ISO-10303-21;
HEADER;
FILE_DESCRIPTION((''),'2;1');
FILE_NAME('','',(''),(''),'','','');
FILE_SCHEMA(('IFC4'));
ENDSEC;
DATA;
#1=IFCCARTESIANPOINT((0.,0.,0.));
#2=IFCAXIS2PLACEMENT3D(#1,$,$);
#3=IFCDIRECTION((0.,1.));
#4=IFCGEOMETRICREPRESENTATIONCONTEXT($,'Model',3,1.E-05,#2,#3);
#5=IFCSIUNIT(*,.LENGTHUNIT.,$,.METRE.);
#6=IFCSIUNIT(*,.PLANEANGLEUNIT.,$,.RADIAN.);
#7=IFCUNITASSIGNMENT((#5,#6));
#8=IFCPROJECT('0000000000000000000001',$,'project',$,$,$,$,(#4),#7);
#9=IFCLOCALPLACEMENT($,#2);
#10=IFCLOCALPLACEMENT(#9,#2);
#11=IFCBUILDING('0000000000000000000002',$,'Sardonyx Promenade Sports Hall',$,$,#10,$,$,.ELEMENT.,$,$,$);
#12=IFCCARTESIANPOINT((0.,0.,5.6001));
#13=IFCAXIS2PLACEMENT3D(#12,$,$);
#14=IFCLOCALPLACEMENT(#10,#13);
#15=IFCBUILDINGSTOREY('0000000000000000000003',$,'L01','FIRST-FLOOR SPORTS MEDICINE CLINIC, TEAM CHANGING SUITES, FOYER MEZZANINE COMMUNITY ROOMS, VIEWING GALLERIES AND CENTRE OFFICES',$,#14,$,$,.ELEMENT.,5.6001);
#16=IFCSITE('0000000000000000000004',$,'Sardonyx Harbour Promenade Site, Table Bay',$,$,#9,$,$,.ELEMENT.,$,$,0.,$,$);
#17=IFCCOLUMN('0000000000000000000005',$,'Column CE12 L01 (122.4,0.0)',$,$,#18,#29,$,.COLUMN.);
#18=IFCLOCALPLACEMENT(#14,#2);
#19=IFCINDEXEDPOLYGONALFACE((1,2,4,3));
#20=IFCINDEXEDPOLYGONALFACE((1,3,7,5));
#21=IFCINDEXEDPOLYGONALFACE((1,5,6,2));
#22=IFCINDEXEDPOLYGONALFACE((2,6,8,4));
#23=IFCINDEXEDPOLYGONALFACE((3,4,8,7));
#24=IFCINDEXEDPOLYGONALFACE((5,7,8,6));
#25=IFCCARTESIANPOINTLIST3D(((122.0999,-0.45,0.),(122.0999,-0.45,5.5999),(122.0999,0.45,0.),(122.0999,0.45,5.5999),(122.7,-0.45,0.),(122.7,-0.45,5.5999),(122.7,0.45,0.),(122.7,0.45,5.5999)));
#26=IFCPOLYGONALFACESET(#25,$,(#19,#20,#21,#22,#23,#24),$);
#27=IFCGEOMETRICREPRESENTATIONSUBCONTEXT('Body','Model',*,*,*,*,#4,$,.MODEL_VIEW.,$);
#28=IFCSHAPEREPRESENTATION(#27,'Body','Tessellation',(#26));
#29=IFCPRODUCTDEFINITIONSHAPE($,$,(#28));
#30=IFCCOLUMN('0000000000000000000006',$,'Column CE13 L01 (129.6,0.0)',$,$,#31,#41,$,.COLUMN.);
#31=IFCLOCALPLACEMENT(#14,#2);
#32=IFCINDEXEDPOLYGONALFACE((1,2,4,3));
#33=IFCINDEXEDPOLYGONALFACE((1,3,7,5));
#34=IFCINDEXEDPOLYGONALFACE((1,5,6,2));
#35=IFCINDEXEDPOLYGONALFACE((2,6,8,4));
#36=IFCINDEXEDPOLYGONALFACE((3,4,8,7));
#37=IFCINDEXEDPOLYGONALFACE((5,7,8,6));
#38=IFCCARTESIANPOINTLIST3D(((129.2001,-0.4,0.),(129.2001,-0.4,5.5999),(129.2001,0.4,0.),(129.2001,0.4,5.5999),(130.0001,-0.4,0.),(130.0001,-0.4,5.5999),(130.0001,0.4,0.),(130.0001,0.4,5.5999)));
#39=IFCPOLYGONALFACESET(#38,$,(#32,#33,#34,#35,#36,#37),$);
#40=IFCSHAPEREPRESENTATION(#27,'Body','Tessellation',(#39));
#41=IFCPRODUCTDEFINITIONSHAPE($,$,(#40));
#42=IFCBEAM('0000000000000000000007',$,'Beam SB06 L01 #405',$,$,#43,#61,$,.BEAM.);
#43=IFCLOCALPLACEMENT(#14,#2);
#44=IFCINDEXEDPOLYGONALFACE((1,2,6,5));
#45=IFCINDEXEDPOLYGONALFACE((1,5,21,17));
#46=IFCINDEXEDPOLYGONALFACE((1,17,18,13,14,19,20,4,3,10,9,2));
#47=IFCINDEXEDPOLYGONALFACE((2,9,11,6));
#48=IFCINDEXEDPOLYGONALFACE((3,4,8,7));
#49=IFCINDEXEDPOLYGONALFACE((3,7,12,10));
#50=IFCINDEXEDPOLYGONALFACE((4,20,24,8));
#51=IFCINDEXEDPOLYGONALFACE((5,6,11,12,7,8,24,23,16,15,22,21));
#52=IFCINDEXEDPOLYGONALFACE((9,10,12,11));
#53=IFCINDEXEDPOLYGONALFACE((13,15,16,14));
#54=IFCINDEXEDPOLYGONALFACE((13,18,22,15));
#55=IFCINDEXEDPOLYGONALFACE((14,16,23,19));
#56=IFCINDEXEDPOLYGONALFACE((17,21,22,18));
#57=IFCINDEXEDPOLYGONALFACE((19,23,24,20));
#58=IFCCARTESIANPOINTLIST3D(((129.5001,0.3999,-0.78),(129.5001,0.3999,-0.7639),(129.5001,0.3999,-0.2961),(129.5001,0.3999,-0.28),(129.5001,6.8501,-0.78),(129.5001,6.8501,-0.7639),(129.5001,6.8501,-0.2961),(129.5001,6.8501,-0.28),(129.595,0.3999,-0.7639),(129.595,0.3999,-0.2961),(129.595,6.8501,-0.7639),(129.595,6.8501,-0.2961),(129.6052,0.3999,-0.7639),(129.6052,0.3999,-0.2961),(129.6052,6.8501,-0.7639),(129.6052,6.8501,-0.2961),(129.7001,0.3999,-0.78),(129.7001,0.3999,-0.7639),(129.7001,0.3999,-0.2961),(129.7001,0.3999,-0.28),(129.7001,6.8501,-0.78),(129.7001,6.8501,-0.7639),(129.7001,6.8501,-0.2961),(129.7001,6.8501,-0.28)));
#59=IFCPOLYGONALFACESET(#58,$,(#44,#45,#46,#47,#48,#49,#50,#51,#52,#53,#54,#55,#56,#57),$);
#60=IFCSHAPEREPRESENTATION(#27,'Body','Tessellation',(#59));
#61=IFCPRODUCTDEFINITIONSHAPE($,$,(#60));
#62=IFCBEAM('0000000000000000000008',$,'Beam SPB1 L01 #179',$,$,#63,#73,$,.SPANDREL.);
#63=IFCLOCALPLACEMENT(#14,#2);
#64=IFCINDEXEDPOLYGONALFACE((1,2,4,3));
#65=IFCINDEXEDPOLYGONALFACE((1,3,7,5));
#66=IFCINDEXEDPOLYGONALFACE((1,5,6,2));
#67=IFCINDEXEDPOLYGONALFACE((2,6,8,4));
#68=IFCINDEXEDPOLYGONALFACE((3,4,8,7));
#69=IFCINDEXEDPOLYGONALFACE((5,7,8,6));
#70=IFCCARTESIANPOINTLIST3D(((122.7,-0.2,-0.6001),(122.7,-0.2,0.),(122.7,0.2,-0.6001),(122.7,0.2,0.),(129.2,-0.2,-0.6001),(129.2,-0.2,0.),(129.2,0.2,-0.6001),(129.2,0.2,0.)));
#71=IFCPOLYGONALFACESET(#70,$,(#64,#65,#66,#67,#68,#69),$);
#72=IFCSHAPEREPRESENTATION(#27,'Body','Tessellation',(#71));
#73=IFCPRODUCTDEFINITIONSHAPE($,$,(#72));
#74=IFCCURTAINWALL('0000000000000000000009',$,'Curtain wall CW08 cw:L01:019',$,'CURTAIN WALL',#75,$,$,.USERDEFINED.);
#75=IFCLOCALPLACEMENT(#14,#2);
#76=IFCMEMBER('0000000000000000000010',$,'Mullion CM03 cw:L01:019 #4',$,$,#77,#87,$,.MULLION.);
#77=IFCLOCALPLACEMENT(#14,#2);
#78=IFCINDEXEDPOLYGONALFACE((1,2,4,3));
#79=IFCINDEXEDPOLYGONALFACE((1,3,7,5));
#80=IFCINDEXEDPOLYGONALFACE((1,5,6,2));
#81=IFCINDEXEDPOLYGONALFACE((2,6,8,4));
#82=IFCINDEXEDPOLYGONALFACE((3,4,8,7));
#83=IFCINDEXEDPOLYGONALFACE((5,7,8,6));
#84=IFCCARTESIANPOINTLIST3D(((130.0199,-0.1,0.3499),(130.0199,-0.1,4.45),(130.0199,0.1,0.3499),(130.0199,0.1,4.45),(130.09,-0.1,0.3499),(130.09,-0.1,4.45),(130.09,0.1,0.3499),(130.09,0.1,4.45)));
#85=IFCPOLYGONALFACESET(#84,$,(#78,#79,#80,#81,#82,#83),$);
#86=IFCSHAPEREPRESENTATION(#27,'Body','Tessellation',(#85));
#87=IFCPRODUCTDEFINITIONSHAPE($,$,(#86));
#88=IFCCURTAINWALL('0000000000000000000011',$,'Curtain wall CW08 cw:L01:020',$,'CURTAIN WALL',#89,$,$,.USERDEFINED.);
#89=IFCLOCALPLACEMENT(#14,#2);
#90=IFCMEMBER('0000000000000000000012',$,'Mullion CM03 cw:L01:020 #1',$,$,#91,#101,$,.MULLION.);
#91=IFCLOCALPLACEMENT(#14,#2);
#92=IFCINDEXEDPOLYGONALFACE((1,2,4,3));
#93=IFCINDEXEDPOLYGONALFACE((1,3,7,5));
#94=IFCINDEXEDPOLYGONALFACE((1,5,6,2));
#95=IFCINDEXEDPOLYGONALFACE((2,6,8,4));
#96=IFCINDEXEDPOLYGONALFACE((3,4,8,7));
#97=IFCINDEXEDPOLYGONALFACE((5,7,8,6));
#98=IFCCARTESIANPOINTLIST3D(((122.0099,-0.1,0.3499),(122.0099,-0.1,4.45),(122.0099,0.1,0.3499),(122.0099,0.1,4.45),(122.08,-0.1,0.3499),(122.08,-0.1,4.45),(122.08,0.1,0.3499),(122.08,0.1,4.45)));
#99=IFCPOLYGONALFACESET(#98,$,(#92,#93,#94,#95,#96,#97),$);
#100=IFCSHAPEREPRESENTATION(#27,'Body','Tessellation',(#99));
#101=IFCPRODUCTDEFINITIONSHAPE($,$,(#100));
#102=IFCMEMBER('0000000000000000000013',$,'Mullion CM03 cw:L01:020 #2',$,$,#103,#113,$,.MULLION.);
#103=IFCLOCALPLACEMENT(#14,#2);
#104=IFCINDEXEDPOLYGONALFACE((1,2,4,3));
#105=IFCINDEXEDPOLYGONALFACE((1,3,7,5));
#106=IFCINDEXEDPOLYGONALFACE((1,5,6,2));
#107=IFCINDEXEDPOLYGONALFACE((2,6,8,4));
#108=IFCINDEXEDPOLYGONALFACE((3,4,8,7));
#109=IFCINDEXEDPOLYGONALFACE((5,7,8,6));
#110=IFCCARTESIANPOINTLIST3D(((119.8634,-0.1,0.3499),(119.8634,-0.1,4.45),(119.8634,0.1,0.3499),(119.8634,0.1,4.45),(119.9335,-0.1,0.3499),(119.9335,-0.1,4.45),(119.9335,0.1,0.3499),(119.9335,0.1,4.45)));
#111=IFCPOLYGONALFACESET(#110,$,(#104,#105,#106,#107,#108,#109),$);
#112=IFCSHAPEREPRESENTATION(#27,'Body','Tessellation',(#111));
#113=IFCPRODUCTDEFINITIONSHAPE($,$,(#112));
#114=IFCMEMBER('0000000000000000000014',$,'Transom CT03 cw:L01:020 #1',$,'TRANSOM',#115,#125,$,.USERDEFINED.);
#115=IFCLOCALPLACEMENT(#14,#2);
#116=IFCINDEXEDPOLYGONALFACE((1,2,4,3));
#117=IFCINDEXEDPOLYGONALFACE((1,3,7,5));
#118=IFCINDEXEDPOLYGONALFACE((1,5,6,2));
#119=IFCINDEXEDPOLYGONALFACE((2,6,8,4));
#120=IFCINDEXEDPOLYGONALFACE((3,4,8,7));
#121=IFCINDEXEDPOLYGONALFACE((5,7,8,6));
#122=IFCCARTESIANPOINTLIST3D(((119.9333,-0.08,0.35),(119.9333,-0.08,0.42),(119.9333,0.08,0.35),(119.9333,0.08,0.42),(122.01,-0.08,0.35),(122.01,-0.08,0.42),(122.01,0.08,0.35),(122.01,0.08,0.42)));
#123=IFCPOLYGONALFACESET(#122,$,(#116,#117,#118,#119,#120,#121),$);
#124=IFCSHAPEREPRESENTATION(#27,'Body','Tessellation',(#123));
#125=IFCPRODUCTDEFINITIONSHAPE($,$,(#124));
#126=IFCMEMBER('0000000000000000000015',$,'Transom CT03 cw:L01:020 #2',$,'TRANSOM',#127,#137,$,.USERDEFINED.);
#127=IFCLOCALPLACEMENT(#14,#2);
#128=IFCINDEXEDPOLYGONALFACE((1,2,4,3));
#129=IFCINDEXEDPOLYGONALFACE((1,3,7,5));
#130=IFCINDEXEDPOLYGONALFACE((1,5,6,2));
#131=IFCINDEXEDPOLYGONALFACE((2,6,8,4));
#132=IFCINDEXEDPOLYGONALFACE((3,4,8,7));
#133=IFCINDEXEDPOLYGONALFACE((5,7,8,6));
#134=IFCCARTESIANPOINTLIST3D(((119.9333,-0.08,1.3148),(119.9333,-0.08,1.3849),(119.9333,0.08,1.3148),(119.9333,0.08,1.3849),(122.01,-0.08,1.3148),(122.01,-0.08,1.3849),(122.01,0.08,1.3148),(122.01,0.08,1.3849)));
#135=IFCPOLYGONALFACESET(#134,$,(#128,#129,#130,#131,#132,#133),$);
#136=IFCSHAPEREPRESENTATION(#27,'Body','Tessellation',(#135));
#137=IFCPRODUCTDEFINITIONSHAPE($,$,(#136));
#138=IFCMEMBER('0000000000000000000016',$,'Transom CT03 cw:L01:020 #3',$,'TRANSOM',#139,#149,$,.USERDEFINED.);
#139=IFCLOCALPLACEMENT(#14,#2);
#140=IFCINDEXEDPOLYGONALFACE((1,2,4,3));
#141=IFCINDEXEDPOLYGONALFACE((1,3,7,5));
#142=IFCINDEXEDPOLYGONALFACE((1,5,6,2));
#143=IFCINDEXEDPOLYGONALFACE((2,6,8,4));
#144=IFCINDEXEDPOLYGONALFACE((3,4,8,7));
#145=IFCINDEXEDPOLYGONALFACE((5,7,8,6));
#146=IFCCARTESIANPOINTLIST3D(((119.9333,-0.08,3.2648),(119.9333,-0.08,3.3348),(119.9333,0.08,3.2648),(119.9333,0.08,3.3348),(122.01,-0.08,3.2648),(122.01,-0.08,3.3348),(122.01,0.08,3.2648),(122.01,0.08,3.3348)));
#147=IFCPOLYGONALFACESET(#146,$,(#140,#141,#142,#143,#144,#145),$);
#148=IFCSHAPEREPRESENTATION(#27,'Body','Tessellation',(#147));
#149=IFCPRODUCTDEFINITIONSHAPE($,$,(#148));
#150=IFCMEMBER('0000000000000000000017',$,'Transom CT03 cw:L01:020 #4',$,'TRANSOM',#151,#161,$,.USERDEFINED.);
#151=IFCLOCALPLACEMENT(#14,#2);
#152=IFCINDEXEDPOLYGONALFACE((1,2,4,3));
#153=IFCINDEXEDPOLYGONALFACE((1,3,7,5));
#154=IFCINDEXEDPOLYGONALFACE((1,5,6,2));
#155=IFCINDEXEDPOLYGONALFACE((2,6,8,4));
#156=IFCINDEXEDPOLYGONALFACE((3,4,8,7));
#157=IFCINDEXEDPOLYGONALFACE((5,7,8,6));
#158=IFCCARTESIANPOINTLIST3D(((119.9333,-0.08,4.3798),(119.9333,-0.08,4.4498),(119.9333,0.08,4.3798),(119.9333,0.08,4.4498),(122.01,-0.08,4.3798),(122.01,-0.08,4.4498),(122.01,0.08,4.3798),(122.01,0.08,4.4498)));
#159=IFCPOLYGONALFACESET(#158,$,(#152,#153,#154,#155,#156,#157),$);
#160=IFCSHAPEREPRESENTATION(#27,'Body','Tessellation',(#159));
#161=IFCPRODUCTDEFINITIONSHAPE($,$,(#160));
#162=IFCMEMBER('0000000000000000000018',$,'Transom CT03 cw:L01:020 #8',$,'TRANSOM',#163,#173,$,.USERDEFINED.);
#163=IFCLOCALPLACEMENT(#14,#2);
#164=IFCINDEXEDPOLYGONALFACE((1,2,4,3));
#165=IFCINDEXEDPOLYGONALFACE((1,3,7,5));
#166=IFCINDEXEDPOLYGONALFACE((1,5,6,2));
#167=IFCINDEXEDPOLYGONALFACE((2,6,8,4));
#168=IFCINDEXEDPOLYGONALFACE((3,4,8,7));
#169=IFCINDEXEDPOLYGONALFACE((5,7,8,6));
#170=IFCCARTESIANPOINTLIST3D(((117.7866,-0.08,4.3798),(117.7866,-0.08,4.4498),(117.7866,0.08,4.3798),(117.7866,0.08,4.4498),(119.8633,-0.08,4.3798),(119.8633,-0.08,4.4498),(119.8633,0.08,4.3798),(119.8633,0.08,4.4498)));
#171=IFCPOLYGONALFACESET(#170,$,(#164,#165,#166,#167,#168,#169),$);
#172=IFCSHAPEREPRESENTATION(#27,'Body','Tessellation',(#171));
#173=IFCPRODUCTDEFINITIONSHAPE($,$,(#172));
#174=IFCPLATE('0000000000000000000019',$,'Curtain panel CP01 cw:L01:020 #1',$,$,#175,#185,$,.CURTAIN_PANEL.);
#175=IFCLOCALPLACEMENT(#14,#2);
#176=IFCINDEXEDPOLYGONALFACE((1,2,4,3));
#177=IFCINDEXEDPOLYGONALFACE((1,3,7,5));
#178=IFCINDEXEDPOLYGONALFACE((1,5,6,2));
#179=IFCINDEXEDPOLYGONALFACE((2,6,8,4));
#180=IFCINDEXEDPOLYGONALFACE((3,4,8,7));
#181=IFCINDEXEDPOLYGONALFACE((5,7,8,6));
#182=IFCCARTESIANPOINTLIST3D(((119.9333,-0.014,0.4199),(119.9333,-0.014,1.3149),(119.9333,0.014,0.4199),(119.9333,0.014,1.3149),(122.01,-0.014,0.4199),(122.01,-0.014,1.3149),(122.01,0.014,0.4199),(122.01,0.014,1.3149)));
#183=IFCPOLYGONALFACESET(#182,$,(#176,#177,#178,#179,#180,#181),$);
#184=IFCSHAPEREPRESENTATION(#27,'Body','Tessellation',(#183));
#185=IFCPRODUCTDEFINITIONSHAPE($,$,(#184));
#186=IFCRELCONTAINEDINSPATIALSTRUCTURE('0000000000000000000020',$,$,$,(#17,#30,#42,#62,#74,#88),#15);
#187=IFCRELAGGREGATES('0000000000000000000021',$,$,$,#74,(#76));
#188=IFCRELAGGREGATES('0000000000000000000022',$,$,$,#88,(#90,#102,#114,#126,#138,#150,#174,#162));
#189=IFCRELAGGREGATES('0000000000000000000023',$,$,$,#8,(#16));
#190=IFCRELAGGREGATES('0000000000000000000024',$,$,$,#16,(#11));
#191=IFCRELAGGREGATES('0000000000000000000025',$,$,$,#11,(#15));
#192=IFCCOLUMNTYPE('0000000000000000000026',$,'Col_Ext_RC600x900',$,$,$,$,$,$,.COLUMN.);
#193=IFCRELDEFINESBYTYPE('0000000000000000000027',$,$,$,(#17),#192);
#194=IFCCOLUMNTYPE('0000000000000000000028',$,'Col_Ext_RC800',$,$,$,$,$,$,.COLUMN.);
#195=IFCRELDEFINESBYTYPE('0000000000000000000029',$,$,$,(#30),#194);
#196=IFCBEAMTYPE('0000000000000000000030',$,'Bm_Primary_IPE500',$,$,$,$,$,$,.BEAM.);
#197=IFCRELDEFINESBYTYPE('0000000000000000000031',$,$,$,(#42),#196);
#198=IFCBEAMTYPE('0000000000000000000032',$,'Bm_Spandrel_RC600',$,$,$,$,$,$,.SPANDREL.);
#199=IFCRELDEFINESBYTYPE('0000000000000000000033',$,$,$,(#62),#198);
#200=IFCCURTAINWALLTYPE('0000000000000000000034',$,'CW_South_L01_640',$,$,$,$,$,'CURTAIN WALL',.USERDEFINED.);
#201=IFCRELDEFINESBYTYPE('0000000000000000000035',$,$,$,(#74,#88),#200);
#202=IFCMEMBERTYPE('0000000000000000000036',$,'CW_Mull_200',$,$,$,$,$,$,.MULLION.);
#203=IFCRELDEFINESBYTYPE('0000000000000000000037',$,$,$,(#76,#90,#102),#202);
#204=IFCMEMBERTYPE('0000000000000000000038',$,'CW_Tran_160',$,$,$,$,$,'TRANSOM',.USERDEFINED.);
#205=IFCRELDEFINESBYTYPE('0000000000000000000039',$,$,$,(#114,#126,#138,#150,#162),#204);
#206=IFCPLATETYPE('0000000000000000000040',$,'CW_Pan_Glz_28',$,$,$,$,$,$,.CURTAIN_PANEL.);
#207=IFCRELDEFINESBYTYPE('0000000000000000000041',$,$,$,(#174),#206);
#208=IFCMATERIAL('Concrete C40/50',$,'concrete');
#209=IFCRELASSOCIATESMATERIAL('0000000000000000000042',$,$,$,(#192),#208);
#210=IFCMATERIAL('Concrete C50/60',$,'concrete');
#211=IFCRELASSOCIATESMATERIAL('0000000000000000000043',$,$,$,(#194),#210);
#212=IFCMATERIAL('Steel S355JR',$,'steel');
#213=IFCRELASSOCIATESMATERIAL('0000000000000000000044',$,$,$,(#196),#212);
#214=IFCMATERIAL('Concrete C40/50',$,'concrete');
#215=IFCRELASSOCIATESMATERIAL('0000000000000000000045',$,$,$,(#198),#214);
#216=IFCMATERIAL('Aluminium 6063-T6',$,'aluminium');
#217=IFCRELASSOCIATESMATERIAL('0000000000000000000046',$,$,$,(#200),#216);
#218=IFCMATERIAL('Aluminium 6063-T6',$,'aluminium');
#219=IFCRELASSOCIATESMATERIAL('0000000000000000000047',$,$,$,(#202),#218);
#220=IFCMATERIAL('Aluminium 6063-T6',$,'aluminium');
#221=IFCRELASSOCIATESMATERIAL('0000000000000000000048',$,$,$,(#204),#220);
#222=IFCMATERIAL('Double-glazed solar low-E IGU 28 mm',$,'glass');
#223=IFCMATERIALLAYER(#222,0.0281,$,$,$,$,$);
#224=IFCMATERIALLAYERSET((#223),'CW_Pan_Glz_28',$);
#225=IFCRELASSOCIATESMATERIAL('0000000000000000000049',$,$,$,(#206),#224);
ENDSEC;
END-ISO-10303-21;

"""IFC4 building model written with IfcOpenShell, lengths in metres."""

from ifc_helpers import new_model, si_unit, direction, frame, origin, origin_2d, place, context, subcontext, project, spatial, rectangle, i_section, extrude, material, layer, layer_set, material_profile, profile_set, type_object, element, aggregate, save


model = new_model("IFC4")

# Units and contexts
model_context = context("Model", 3, precision=1e-05, world=origin(), true_north=direction((0.0, 1.0)))
body_context = subcontext(model_context, "Body", "Model", "MODEL_VIEW")
ifc_project = project(units=[si_unit("LENGTHUNIT", "METRE"), si_unit("PLANEANGLEUNIT", "RADIAN")], contexts=[model_context])

# Site, building, storey
site_placement = place(None, origin())
site = spatial("IfcSite", under=ifc_project, at=site_placement, Name="Sardonyx Harbour Promenade Site, Table Bay", CompositionType="ELEMENT", RefElevation=0.0)
building_placement = place(site_placement, origin())
building = spatial("IfcBuilding", under=site, at=building_placement, Name="Sardonyx Promenade Sports Hall", CompositionType="ELEMENT")
storey_placement = place(building_placement, frame((0.0, 0.0, 5.6001)))
storey = spatial("IfcBuildingStorey", under=building, at=storey_placement, Name="L01", Description="FIRST-FLOOR SPORTS MEDICINE CLINIC, TEAM CHANGING SUITES, FOYER MEZZANINE COMMUNITY ROOMS, VIEWING GALLERIES AND CENTRE OFFICES", CompositionType="ELEMENT", Elevation=5.6001)

# Columns
ifc_material_1 = material(Name="Concrete C40/50", Category="concrete")
ifc_material_profile_1 = material_profile(ifc_material_1, rectangle(XDim=0.6001, YDim=0.8999, at=origin_2d()))
ifc_profile_set_1 = profile_set([ifc_material_profile_1], Name="Concrete C40/50")
column_type_1 = type_object("IfcColumnType", Name="Col_Ext_RC600x900", PredefinedType="COLUMN", material=ifc_profile_set_1)
column_1_placement = place(storey_placement, frame((122.3999, 0.0, 0.0), z_axis=(0.0, 0.0, 1.0), x_axis=(1.0, 0.0, 0.0)))
element("IfcColumn", 1, at=column_1_placement, inside=storey, type_object=column_type_1, Name="Column CE12 L01 (122.4,0.0)", PredefinedType="COLUMN", context=body_context, shape_type="SweptSolid", body=[
    extrude(rectangle(XDim=0.6001, YDim=0.8999, at=origin_2d()), origin(), (0.0, 0.0, 1.0), 5.5999),
])
ifc_material_2 = material(Name="Concrete C50/60", Category="concrete")
ifc_material_profile_2 = material_profile(ifc_material_2, rectangle(XDim=0.8, YDim=0.8, at=origin_2d()))
ifc_profile_set_2 = profile_set([ifc_material_profile_2], Name="Concrete C50/60")
column_type_2 = type_object("IfcColumnType", Name="Col_Ext_RC800", PredefinedType="COLUMN", material=ifc_profile_set_2)
column_2_placement = place(storey_placement, frame((129.6001, 0.0, 0.0), z_axis=(0.0, 0.0, 1.0), x_axis=(1.0, 0.0, 0.0)))
element("IfcColumn", 2, at=column_2_placement, inside=storey, type_object=column_type_2, Name="Column CE13 L01 (129.6,0.0)", PredefinedType="COLUMN", context=body_context, shape_type="SweptSolid", body=[
    extrude(rectangle(XDim=0.8, YDim=0.8, at=origin_2d()), origin(), (0.0, 0.0, 1.0), 5.5999),
])

# Beams
ifc_material_3 = material(Name="Steel S355JR", Category="steel")
ifc_material_profile_3 = material_profile(ifc_material_3, i_section(OverallWidth=0.2, OverallDepth=0.5, WebThickness=0.0103, FlangeThickness=0.0161, at=origin_2d()))
ifc_profile_set_3 = profile_set([ifc_material_profile_3], Name="Steel S355JR")
beam_type_1 = type_object("IfcBeamType", Name="Bm_Primary_IPE500", PredefinedType="BEAM", material=ifc_profile_set_3)
beam_1_placement = place(storey_placement, frame((129.6001, 0.3999, -0.53), z_axis=(0.0, 1.0, 0.0), x_axis=(-1.0, 0.0, 0.0)))
element("IfcBeam", 3, at=beam_1_placement, inside=storey, type_object=beam_type_1, Name="Beam SB06 L01 #405", PredefinedType="BEAM", context=body_context, shape_type="SweptSolid", body=[
    extrude(i_section(OverallWidth=0.2, OverallDepth=0.5, WebThickness=0.0103, FlangeThickness=0.0161, at=origin_2d()), origin(), (0.0, 0.0, 1.0), 6.4502),
])
ifc_material_4 = material(Name="Concrete C40/50", Category="concrete")
ifc_material_profile_4 = material_profile(ifc_material_4, rectangle(XDim=0.3999, YDim=0.6001, at=origin_2d()))
ifc_profile_set_4 = profile_set([ifc_material_profile_4], Name="Concrete C40/50")
beam_type_2 = type_object("IfcBeamType", Name="Bm_Spandrel_RC600", PredefinedType="SPANDREL", material=ifc_profile_set_4)
beam_2_placement = place(storey_placement, frame((122.7, 0.0, -0.3), z_axis=(1.0, 0.0, 0.0), x_axis=(0.0, 1.0, 0.0)))
element("IfcBeam", 4, at=beam_2_placement, inside=storey, type_object=beam_type_2, Name="Beam SPB1 L01 #179", PredefinedType="SPANDREL", context=body_context, shape_type="SweptSolid", body=[
    extrude(rectangle(XDim=0.3999, YDim=0.6001, at=origin_2d()), origin(), (0.0, 0.0, 1.0), 6.5),
])

# Curtain wall, member
ifc_material_5 = material(Name="Aluminium 6063-T6", Category="aluminium")
curtain_wall_type = type_object("IfcCurtainWallType", Name="CW_South_L01_640", ElementType="CURTAIN WALL", PredefinedType="USERDEFINED", material=ifc_material_5)
curtain_wall_1_placement = place(storey_placement, origin())
curtain_wall_1 = element("IfcCurtainWall", 5, at=curtain_wall_1_placement, inside=storey, type_object=curtain_wall_type, Name="Curtain wall CW08 cw:L01:019", ObjectType="CURTAIN WALL", PredefinedType="USERDEFINED")
ifc_material_6 = material(Name="Aluminium 6063-T6", Category="aluminium")
ifc_material_profile_5 = material_profile(ifc_material_6, rectangle(XDim=0.0701, YDim=0.2, at=origin_2d()))
ifc_profile_set_5 = profile_set([ifc_material_profile_5], Name="Aluminium 6063-T6")
member_type_1 = type_object("IfcMemberType", Name="CW_Mull_200", PredefinedType="MULLION", material=ifc_profile_set_5)
member_1_placement = place(storey_placement, frame((130.0549, 0.0, 0.3499), z_axis=(0.0, 0.0, 1.0), x_axis=(-1.0, 0.0, 0.0)))
member_1 = element("IfcMember", 6, at=member_1_placement, type_object=member_type_1, Name="Mullion CM03 cw:L01:019 #4", PredefinedType="MULLION", context=body_context, shape_type="SweptSolid", body=[
    extrude(rectangle(XDim=0.0701, YDim=0.2, at=origin_2d()), origin(), (0.0, 0.0, 1.0), 4.1001),
])
aggregate(curtain_wall_1, [member_1])

# Curtain wall, members, plate
curtain_wall_2_placement = place(storey_placement, origin())
curtain_wall_2 = element("IfcCurtainWall", 7, at=curtain_wall_2_placement, inside=storey, type_object=curtain_wall_type, Name="Curtain wall CW08 cw:L01:020", ObjectType="CURTAIN WALL", PredefinedType="USERDEFINED")
member_2_placement = place(storey_placement, frame((122.0449, 0.0, 0.3499), z_axis=(0.0, 0.0, 1.0), x_axis=(-1.0, 0.0, 0.0)))
member_2 = element("IfcMember", 8, at=member_2_placement, type_object=member_type_1, Name="Mullion CM03 cw:L01:020 #1", PredefinedType="MULLION", context=body_context, shape_type="SweptSolid", body=[
    extrude(rectangle(XDim=0.0701, YDim=0.2, at=origin_2d()), origin(), (0.0, 0.0, 1.0), 4.1001),
])
member_3_placement = place(storey_placement, frame((119.8984, 0.0, 0.3499), z_axis=(0.0, 0.0, 1.0), x_axis=(-1.0, 0.0, 0.0)))
member_3 = element("IfcMember", 9, at=member_3_placement, type_object=member_type_1, Name="Mullion CM03 cw:L01:020 #2", PredefinedType="MULLION", context=body_context, shape_type="SweptSolid", body=[
    extrude(rectangle(XDim=0.0701, YDim=0.2, at=origin_2d()), origin(), (0.0, 0.0, 1.0), 4.1001),
])
ifc_material_7 = material(Name="Aluminium 6063-T6", Category="aluminium")
ifc_material_profile_6 = material_profile(ifc_material_7, rectangle(XDim=0.0701, YDim=0.1599, at=origin_2d()))
ifc_profile_set_6 = profile_set([ifc_material_profile_6], Name="Aluminium 6063-T6")
member_type_2 = type_object("IfcMemberType", Name="CW_Tran_160", ElementType="TRANSOM", PredefinedType="USERDEFINED", material=ifc_profile_set_6)
member_4_placement = place(storey_placement, frame((122.01, 0.0, 0.385), z_axis=(-1.0, 0.0, 0.0), x_axis=(0.0, 0.0, 1.0)))
member_4 = element("IfcMember", 10, at=member_4_placement, type_object=member_type_2, Name="Transom CT03 cw:L01:020 #1", ObjectType="TRANSOM", PredefinedType="USERDEFINED", context=body_context, shape_type="SweptSolid", body=[
    extrude(rectangle(XDim=0.0701, YDim=0.1599, at=origin_2d()), origin(), (0.0, 0.0, 1.0), 2.0767),
])
member_5_placement = place(storey_placement, frame((122.01, 0.0, 1.3499), z_axis=(-1.0, 0.0, 0.0), x_axis=(0.0, 0.0, 1.0)))
member_5 = element("IfcMember", 11, at=member_5_placement, type_object=member_type_2, Name="Transom CT03 cw:L01:020 #2", ObjectType="TRANSOM", PredefinedType="USERDEFINED", context=body_context, shape_type="SweptSolid", body=[
    extrude(rectangle(XDim=0.0701, YDim=0.1599, at=origin_2d()), origin(), (0.0, 0.0, 1.0), 2.0767),
])
member_6_placement = place(storey_placement, frame((122.01, 0.0, 3.2998), z_axis=(-1.0, 0.0, 0.0), x_axis=(0.0, 0.0, 1.0)))
member_6 = element("IfcMember", 12, at=member_6_placement, type_object=member_type_2, Name="Transom CT03 cw:L01:020 #3", ObjectType="TRANSOM", PredefinedType="USERDEFINED", context=body_context, shape_type="SweptSolid", body=[
    extrude(rectangle(XDim=0.0701, YDim=0.1599, at=origin_2d()), origin(), (0.0, 0.0, 1.0), 2.0767),
])
member_7_placement = place(storey_placement, frame((122.01, 0.0, 4.4148), z_axis=(-1.0, 0.0, 0.0), x_axis=(0.0, 0.0, 1.0)))
member_7 = element("IfcMember", 13, at=member_7_placement, type_object=member_type_2, Name="Transom CT03 cw:L01:020 #4", ObjectType="TRANSOM", PredefinedType="USERDEFINED", context=body_context, shape_type="SweptSolid", body=[
    extrude(rectangle(XDim=0.0701, YDim=0.1599, at=origin_2d()), origin(), (0.0, 0.0, 1.0), 2.0767),
])
member_8_placement = place(storey_placement, frame((119.8633, 0.0, 4.4148), z_axis=(-1.0, 0.0, 0.0), x_axis=(0.0, 0.0, 1.0)))
member_8 = element("IfcMember", 14, at=member_8_placement, type_object=member_type_2, Name="Transom CT03 cw:L01:020 #8", ObjectType="TRANSOM", PredefinedType="USERDEFINED", context=body_context, shape_type="SweptSolid", body=[
    extrude(rectangle(XDim=0.0701, YDim=0.1599, at=origin_2d()), origin(), (0.0, 0.0, 1.0), 2.0767),
])
ifc_material_8 = material(Name="Double-glazed solar low-E IGU 28 mm", Category="glass")
ifc_layer_1 = layer(ifc_material_8, 0.0281)
ifc_layer_set_1 = layer_set([ifc_layer_1], Name="CW_Pan_Glz_28")
plate_type = type_object("IfcPlateType", Name="CW_Pan_Glz_28", PredefinedType="CURTAIN_PANEL", material=ifc_layer_set_1)
plate_1_placement = place(storey_placement, frame((120.9717, 0.0, 0.4199), z_axis=(0.0, 0.0, 1.0), x_axis=(-1.0, 0.0, 0.0)))
plate_1 = element("IfcPlate", 15, at=plate_1_placement, type_object=plate_type, Name="Curtain panel CP01 cw:L01:020 #1", PredefinedType="CURTAIN_PANEL", context=body_context, shape_type="SweptSolid", body=[
    extrude(rectangle(XDim=2.0767, YDim=0.0281, at=origin_2d()), origin(), (0.0, 0.0, 1.0), 0.895),
])
aggregate(curtain_wall_2, [member_2, member_3, member_4, member_5, member_6, member_7, plate_1, member_8])

save(model, "model.ifc")
